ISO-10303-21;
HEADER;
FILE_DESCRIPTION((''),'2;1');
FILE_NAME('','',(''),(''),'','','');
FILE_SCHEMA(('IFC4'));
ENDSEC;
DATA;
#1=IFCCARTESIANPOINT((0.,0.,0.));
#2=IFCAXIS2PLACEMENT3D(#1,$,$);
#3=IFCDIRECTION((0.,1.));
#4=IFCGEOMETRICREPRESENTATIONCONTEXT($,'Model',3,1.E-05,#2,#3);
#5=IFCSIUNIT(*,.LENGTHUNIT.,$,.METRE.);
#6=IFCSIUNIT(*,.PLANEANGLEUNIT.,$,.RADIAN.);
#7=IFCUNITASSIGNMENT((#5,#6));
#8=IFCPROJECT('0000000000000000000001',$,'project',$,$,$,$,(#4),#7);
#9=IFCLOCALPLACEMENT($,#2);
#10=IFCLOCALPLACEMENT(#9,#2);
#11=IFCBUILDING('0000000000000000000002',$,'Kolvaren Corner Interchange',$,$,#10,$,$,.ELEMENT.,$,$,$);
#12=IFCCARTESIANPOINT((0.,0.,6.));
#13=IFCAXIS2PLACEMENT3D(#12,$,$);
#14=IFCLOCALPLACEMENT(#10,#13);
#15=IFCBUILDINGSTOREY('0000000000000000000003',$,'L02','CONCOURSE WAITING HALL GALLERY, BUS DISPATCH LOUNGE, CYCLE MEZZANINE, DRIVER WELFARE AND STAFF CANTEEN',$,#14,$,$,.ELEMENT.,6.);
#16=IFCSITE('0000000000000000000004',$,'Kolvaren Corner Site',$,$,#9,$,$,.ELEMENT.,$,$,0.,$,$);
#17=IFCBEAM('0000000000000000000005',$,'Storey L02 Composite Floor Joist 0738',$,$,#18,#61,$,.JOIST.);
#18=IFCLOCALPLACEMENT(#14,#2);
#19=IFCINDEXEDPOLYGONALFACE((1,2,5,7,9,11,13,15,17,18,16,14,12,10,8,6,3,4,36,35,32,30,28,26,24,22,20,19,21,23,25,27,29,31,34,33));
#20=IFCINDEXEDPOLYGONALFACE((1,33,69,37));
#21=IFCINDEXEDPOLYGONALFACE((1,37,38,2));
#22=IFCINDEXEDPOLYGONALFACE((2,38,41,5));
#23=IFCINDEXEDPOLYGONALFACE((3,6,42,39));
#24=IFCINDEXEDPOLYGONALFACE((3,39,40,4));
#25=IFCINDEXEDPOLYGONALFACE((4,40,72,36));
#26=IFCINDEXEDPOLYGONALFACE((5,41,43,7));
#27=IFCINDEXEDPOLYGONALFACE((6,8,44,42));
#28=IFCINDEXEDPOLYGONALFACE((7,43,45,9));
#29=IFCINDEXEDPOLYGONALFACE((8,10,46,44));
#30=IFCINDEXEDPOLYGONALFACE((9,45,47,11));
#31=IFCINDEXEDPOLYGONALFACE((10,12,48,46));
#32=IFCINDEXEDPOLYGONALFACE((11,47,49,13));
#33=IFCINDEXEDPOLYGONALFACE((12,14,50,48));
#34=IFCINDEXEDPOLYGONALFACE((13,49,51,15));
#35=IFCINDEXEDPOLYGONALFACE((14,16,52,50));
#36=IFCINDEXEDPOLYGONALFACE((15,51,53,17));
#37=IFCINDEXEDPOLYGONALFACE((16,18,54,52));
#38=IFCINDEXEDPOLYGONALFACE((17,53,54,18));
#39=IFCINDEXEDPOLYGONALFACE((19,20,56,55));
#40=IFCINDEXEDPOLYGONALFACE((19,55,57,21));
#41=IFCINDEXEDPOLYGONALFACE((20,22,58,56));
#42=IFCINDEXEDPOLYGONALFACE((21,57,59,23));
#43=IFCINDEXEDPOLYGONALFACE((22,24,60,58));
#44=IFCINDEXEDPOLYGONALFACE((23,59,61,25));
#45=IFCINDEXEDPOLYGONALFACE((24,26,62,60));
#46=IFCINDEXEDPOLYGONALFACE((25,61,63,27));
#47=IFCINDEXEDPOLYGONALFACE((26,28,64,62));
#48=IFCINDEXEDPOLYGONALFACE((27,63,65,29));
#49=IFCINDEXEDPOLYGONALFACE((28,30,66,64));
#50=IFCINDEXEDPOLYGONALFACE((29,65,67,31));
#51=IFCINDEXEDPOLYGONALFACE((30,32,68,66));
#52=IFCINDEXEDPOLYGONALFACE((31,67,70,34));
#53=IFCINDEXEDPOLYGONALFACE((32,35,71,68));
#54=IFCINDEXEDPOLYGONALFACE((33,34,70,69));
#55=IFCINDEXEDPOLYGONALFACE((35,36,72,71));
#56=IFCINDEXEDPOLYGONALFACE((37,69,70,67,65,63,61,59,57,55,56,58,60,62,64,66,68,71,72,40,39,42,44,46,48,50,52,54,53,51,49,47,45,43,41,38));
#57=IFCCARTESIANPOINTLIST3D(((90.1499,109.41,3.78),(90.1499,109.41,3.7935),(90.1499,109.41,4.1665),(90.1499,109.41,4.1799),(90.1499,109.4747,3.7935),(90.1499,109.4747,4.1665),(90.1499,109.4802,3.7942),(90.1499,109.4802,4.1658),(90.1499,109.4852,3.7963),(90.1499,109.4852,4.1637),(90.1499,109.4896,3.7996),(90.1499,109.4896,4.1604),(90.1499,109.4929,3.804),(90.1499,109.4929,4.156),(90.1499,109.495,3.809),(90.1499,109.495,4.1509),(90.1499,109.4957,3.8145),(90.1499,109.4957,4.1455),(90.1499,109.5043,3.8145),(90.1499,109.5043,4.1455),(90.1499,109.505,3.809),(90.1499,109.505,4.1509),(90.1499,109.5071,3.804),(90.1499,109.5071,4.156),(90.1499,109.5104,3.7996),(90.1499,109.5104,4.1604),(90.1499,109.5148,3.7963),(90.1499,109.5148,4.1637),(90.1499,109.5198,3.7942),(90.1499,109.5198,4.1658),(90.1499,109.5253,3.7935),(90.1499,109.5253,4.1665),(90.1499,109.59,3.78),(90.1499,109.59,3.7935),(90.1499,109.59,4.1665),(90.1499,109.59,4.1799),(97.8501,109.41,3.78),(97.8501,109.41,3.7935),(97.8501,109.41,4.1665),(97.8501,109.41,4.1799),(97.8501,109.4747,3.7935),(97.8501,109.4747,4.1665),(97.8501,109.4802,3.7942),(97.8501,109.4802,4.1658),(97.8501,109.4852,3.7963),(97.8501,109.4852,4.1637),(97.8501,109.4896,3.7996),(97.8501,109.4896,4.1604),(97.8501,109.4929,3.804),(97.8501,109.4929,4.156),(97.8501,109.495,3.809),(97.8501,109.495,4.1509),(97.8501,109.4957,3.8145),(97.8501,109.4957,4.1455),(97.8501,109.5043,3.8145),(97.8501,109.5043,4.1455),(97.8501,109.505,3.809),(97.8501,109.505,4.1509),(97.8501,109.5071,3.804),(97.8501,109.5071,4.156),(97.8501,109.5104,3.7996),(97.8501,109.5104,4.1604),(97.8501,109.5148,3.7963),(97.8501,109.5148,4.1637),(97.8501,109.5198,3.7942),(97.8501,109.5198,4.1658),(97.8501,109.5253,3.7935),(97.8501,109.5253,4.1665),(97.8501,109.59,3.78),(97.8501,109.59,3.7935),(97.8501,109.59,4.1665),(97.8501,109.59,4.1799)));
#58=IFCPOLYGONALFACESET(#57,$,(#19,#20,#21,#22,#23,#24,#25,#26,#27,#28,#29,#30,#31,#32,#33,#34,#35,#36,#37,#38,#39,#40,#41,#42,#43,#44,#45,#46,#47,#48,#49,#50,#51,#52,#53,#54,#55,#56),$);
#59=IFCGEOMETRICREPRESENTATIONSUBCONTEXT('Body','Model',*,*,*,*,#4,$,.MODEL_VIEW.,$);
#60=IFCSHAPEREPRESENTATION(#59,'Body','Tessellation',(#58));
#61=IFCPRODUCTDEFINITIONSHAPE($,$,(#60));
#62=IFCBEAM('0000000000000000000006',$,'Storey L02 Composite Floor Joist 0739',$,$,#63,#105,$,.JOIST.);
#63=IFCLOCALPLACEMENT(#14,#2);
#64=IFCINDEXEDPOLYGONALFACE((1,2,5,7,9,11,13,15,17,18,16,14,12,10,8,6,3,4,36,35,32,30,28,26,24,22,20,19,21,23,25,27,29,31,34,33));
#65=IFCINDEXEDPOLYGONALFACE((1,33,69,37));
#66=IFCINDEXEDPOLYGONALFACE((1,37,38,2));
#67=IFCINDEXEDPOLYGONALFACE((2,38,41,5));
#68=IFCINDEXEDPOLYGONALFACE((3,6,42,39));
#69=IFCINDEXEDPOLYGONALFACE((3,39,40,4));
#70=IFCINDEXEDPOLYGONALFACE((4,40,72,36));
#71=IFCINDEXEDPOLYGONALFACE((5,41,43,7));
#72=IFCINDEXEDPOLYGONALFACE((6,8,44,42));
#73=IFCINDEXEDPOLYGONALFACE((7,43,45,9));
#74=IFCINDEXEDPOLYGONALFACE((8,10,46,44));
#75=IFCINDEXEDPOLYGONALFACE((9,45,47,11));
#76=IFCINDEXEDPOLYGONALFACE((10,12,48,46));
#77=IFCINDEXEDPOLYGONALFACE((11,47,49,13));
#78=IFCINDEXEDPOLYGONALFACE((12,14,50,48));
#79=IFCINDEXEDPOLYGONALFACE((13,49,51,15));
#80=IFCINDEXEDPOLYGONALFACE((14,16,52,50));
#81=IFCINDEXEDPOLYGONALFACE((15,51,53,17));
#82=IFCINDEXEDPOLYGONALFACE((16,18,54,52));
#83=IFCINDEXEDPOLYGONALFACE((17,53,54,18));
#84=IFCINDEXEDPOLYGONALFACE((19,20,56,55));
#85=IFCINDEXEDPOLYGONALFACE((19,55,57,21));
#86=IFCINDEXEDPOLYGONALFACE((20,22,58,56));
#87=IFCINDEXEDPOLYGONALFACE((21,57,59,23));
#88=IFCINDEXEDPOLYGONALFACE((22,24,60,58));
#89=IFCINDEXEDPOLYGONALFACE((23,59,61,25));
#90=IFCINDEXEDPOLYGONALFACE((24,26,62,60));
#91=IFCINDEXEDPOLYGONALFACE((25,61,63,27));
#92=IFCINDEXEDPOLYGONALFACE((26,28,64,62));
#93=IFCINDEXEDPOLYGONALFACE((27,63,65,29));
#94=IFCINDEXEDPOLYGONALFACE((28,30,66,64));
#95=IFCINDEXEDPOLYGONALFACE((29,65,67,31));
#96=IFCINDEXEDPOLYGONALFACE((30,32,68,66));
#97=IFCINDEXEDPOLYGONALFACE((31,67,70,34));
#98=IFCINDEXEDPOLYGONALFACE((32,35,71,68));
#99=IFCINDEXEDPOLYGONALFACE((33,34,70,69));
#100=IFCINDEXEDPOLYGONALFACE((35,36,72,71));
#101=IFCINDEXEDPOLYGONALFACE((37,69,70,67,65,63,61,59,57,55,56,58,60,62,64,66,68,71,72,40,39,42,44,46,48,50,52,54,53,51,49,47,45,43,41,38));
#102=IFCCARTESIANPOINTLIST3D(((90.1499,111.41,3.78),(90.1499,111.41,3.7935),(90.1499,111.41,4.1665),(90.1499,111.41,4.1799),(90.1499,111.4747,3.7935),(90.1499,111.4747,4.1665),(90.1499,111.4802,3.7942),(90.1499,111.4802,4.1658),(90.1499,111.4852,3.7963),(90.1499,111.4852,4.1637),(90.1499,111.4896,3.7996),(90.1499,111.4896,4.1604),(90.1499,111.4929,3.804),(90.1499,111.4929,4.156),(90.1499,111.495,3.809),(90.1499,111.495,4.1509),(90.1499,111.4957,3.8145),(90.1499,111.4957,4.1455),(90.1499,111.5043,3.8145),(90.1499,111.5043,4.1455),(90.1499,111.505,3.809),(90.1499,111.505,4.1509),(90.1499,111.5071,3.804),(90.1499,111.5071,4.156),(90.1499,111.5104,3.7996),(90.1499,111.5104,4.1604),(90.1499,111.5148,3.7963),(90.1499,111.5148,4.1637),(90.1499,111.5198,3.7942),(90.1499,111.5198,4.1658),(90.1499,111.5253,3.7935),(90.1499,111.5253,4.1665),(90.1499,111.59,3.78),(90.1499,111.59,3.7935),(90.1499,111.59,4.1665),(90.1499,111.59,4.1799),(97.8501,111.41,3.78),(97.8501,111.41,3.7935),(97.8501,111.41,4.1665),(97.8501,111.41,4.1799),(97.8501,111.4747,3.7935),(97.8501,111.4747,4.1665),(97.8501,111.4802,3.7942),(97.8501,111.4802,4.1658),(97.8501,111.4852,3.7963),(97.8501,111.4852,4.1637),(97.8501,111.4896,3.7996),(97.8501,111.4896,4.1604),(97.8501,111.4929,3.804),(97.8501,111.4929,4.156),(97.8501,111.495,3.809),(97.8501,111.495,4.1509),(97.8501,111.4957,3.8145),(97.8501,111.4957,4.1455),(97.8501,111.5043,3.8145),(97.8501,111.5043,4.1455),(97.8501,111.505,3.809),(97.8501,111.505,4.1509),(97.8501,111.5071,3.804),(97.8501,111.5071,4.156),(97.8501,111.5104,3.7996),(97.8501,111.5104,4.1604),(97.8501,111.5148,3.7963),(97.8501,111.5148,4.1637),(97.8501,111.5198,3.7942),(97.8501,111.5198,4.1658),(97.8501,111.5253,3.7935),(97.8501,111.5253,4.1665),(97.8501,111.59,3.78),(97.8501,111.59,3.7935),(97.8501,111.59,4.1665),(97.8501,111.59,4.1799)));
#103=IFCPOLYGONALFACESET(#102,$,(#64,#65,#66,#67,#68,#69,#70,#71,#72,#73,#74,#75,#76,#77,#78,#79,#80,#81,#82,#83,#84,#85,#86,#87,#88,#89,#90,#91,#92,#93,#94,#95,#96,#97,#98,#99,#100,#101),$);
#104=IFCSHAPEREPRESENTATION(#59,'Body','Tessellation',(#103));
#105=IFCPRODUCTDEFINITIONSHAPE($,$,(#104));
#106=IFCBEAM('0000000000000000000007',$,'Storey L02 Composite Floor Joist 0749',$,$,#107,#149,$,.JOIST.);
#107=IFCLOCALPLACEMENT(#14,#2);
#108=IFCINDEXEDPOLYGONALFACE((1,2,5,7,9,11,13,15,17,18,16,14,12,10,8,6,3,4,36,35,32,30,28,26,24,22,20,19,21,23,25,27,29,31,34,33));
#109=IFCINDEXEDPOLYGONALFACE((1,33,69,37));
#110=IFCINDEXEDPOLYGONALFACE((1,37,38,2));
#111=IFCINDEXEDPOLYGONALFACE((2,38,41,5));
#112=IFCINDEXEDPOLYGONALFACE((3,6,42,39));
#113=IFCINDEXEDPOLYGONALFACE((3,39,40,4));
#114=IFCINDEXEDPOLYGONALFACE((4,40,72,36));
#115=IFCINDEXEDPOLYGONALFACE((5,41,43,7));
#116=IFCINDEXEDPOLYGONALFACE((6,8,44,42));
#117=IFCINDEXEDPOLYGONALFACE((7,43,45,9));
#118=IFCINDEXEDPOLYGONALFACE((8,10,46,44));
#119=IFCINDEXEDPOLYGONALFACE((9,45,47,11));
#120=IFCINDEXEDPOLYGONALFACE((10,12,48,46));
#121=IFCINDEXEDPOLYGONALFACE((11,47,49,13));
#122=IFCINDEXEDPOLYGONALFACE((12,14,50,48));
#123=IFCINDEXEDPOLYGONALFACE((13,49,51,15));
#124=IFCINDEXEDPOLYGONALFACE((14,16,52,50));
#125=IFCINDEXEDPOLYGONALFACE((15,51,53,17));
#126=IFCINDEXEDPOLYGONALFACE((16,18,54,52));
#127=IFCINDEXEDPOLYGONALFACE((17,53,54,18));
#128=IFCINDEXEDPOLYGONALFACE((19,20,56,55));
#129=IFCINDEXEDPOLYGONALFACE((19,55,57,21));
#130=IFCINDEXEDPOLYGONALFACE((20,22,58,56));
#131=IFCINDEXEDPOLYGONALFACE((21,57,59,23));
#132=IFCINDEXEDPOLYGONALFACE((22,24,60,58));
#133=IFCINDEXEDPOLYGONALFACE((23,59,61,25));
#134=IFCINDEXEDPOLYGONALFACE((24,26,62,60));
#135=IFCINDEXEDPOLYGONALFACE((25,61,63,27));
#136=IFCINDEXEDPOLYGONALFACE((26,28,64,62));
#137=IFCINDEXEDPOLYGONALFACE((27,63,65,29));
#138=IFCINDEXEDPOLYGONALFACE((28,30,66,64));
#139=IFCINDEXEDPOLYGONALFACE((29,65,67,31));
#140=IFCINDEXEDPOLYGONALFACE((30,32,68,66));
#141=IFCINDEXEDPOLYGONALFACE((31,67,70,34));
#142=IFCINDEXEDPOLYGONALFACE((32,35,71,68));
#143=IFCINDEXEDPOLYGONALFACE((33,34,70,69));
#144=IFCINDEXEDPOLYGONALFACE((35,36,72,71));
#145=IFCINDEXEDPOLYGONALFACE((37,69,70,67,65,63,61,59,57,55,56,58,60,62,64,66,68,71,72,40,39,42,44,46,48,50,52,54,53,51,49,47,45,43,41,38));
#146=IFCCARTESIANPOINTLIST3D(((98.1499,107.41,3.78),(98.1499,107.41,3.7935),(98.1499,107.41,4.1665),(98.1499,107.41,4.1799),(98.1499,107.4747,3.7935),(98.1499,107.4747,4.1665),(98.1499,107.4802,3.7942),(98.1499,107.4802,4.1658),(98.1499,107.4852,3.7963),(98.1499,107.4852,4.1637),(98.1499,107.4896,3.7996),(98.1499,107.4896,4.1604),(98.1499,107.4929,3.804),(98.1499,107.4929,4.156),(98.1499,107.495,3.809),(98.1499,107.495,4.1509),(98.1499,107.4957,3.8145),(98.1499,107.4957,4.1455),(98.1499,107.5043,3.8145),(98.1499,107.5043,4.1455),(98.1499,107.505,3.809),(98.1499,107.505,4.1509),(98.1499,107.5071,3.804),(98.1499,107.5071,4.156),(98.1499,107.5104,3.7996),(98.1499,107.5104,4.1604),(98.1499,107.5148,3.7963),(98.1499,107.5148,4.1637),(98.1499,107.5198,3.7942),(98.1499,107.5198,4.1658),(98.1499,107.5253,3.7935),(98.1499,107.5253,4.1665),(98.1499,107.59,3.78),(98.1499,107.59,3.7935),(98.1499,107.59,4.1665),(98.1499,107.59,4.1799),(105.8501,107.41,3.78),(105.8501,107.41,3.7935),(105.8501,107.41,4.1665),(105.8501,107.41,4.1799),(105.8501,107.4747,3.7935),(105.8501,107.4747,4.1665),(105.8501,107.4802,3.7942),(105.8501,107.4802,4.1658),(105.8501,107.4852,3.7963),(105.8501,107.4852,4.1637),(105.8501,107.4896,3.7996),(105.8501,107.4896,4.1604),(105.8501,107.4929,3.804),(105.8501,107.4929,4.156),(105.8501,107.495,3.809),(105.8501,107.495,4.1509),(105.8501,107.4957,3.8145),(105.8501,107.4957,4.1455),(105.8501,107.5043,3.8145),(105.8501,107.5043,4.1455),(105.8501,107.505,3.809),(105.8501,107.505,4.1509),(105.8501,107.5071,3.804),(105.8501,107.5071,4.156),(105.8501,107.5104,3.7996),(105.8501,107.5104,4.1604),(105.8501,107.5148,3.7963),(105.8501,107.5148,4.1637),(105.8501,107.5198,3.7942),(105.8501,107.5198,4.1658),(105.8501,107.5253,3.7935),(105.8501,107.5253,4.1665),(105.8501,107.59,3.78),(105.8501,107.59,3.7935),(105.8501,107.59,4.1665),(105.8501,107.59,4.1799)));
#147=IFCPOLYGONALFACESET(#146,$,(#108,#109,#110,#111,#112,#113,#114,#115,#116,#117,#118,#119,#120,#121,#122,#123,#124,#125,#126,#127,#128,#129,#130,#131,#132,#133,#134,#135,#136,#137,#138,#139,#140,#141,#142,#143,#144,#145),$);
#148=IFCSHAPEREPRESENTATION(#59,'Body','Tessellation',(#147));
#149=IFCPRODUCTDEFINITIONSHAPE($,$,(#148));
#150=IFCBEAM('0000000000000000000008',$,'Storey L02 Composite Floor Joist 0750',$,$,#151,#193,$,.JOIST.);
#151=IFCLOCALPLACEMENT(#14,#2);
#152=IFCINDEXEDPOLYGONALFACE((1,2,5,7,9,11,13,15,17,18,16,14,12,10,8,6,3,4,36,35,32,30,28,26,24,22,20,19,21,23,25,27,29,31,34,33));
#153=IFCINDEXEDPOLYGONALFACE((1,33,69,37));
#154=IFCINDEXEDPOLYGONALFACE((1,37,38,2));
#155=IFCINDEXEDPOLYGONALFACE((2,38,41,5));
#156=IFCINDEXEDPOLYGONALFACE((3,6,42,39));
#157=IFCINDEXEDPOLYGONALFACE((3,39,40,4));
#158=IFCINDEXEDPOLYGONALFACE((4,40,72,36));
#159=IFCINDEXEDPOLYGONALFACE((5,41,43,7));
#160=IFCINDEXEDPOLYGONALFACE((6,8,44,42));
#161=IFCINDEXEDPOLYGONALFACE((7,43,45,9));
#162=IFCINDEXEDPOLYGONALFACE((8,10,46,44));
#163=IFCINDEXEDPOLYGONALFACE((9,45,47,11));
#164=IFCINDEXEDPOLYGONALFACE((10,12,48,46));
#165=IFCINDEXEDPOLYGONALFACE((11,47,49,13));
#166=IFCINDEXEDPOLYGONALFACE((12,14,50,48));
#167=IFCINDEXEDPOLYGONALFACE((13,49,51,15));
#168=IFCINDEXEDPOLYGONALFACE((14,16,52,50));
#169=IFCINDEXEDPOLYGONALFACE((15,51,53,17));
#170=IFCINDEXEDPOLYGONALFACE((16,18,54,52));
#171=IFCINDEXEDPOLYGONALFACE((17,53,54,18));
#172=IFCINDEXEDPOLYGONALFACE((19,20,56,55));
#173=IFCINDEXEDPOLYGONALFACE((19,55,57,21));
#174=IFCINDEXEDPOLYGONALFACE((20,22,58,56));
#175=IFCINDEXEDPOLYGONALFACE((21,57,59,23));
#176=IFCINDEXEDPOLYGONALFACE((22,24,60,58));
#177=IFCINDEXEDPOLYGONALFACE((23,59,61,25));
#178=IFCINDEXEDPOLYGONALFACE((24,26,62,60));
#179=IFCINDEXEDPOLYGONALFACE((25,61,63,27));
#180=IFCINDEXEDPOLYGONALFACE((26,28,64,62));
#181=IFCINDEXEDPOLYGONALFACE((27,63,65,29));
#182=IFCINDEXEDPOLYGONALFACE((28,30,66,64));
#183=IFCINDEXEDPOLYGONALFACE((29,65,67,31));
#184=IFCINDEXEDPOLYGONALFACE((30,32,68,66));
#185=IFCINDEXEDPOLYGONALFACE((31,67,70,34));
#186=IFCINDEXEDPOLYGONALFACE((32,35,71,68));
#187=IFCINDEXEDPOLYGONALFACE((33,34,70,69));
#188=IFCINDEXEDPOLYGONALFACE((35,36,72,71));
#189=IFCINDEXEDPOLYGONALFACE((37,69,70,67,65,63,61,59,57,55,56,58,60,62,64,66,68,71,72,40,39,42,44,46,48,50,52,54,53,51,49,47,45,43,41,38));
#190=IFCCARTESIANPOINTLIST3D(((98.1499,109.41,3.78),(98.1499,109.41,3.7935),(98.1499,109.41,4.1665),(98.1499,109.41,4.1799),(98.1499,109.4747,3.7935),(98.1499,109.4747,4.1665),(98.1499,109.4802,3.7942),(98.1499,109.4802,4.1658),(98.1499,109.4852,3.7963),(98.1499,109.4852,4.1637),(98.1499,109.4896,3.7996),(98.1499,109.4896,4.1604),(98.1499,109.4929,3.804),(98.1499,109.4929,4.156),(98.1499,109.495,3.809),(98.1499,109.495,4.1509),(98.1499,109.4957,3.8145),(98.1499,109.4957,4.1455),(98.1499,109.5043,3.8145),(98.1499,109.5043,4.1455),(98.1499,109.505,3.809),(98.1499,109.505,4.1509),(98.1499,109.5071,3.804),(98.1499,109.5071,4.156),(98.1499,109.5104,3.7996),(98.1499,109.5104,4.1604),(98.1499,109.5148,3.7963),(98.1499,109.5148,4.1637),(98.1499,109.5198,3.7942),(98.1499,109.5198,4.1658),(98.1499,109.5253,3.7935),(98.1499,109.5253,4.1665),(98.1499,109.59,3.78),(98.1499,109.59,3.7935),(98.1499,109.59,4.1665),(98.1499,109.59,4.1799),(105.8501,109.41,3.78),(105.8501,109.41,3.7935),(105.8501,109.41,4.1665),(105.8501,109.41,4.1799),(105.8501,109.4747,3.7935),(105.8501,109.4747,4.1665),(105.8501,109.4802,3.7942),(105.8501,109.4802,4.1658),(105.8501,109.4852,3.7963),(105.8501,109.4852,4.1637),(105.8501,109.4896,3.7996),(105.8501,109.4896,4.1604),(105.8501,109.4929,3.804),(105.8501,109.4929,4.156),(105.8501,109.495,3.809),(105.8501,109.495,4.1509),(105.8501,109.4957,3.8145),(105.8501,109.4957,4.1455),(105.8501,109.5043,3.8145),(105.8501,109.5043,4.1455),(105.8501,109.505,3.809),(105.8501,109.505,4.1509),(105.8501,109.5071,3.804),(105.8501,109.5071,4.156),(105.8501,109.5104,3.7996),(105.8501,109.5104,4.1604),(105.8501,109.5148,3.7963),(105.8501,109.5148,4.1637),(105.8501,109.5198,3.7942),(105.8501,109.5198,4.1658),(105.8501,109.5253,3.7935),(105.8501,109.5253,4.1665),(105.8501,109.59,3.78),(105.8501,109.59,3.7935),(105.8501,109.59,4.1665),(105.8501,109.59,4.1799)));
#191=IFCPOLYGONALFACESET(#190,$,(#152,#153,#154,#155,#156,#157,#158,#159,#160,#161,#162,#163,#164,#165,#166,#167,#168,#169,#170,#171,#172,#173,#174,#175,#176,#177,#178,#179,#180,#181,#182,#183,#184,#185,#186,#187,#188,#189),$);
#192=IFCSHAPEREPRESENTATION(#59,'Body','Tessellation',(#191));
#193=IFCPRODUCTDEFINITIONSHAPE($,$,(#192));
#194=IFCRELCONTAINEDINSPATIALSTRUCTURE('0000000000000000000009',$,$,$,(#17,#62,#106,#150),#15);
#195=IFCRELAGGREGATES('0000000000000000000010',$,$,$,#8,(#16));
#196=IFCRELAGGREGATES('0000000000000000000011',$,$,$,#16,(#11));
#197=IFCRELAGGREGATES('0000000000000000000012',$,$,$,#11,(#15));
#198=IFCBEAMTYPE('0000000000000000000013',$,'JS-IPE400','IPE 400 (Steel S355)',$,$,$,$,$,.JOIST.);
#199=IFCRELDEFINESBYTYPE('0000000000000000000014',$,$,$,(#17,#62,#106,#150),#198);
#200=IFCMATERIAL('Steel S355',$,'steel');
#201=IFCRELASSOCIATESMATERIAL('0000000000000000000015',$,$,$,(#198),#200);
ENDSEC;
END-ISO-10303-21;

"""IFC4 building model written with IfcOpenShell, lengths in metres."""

from ifc_helpers import new_model, si_unit, direction, frame, origin, origin_2d, place, context, subcontext, project, spatial, i_section, extrude, material, material_profile, profile_set, type_object, element, save


model = new_model("IFC4")

# Units and contexts
model_context = context("Model", 3, precision=1e-05, world=origin(), true_north=direction((0.0, 1.0)))
body_context = subcontext(model_context, "Body", "Model", "MODEL_VIEW")
ifc_project = project(units=[si_unit("LENGTHUNIT", "METRE"), si_unit("PLANEANGLEUNIT", "RADIAN")], contexts=[model_context])

# Site, building, storey
site_placement = place(None, origin())
site = spatial("IfcSite", under=ifc_project, at=site_placement, Name="Kolvaren Corner Site", CompositionType="ELEMENT", RefElevation=0.0)
building_placement = place(site_placement, origin())
building = spatial("IfcBuilding", under=site, at=building_placement, Name="Kolvaren Corner Interchange", CompositionType="ELEMENT")
storey_placement = place(building_placement, frame((0.0, 0.0, 6.0)))
storey = spatial("IfcBuildingStorey", under=building, at=storey_placement, Name="L02", Description="CONCOURSE WAITING HALL GALLERY, BUS DISPATCH LOUNGE, CYCLE MEZZANINE, DRIVER WELFARE AND STAFF CANTEEN", CompositionType="ELEMENT", Elevation=6.0)

# Beams
ifc_material_1 = material(Name="Steel S355", Category="steel")
ifc_material_profile_1 = material_profile(ifc_material_1, i_section(OverallWidth=0.1799, OverallDepth=0.3999, WebThickness=0.0085, FlangeThickness=0.0134, FilletRadius=0.021, at=origin_2d()), Name="IPE 400")
ifc_profile_set_1 = profile_set([ifc_material_profile_1], Name="Steel S355")
beam_type = type_object("IfcBeamType", Name="JS-IPE400", Description="IPE 400 (Steel S355)", PredefinedType="JOIST", material=ifc_profile_set_1)
for number, where, z_axis, x_axis, name in (
    (1, (90.1499, 109.5, 3.98), (1.0, 0.0, 0.0), (0.0, 1.0, 0.0), "Storey L02 Composite Floor Joist 0738"),
    (2, (90.1499, 111.5, 3.98), (1.0, 0.0, 0.0), (0.0, 1.0, 0.0), "Storey L02 Composite Floor Joist 0739"),
    (3, (98.1499, 107.5, 3.98), (1.0, 0.0, 0.0), (0.0, 1.0, 0.0), "Storey L02 Composite Floor Joist 0749"),
    (4, (98.1499, 109.5, 3.98), (1.0, 0.0, 0.0), (0.0, 1.0, 0.0), "Storey L02 Composite Floor Joist 0750"),
):
    element("IfcBeam", number, at=place(storey_placement, frame(where, z_axis=z_axis, x_axis=x_axis)), inside=storey, type_object=beam_type, Name=name, PredefinedType="JOIST", context=body_context, shape_type="SweptSolid", body=[
        extrude(i_section(OverallWidth=0.1799, OverallDepth=0.3999, WebThickness=0.0085, FlangeThickness=0.0134, FilletRadius=0.021, at=origin_2d()), origin(), (0.0, 0.0, 1.0), 7.7002),
    ])

save(model, "model.ifc")
